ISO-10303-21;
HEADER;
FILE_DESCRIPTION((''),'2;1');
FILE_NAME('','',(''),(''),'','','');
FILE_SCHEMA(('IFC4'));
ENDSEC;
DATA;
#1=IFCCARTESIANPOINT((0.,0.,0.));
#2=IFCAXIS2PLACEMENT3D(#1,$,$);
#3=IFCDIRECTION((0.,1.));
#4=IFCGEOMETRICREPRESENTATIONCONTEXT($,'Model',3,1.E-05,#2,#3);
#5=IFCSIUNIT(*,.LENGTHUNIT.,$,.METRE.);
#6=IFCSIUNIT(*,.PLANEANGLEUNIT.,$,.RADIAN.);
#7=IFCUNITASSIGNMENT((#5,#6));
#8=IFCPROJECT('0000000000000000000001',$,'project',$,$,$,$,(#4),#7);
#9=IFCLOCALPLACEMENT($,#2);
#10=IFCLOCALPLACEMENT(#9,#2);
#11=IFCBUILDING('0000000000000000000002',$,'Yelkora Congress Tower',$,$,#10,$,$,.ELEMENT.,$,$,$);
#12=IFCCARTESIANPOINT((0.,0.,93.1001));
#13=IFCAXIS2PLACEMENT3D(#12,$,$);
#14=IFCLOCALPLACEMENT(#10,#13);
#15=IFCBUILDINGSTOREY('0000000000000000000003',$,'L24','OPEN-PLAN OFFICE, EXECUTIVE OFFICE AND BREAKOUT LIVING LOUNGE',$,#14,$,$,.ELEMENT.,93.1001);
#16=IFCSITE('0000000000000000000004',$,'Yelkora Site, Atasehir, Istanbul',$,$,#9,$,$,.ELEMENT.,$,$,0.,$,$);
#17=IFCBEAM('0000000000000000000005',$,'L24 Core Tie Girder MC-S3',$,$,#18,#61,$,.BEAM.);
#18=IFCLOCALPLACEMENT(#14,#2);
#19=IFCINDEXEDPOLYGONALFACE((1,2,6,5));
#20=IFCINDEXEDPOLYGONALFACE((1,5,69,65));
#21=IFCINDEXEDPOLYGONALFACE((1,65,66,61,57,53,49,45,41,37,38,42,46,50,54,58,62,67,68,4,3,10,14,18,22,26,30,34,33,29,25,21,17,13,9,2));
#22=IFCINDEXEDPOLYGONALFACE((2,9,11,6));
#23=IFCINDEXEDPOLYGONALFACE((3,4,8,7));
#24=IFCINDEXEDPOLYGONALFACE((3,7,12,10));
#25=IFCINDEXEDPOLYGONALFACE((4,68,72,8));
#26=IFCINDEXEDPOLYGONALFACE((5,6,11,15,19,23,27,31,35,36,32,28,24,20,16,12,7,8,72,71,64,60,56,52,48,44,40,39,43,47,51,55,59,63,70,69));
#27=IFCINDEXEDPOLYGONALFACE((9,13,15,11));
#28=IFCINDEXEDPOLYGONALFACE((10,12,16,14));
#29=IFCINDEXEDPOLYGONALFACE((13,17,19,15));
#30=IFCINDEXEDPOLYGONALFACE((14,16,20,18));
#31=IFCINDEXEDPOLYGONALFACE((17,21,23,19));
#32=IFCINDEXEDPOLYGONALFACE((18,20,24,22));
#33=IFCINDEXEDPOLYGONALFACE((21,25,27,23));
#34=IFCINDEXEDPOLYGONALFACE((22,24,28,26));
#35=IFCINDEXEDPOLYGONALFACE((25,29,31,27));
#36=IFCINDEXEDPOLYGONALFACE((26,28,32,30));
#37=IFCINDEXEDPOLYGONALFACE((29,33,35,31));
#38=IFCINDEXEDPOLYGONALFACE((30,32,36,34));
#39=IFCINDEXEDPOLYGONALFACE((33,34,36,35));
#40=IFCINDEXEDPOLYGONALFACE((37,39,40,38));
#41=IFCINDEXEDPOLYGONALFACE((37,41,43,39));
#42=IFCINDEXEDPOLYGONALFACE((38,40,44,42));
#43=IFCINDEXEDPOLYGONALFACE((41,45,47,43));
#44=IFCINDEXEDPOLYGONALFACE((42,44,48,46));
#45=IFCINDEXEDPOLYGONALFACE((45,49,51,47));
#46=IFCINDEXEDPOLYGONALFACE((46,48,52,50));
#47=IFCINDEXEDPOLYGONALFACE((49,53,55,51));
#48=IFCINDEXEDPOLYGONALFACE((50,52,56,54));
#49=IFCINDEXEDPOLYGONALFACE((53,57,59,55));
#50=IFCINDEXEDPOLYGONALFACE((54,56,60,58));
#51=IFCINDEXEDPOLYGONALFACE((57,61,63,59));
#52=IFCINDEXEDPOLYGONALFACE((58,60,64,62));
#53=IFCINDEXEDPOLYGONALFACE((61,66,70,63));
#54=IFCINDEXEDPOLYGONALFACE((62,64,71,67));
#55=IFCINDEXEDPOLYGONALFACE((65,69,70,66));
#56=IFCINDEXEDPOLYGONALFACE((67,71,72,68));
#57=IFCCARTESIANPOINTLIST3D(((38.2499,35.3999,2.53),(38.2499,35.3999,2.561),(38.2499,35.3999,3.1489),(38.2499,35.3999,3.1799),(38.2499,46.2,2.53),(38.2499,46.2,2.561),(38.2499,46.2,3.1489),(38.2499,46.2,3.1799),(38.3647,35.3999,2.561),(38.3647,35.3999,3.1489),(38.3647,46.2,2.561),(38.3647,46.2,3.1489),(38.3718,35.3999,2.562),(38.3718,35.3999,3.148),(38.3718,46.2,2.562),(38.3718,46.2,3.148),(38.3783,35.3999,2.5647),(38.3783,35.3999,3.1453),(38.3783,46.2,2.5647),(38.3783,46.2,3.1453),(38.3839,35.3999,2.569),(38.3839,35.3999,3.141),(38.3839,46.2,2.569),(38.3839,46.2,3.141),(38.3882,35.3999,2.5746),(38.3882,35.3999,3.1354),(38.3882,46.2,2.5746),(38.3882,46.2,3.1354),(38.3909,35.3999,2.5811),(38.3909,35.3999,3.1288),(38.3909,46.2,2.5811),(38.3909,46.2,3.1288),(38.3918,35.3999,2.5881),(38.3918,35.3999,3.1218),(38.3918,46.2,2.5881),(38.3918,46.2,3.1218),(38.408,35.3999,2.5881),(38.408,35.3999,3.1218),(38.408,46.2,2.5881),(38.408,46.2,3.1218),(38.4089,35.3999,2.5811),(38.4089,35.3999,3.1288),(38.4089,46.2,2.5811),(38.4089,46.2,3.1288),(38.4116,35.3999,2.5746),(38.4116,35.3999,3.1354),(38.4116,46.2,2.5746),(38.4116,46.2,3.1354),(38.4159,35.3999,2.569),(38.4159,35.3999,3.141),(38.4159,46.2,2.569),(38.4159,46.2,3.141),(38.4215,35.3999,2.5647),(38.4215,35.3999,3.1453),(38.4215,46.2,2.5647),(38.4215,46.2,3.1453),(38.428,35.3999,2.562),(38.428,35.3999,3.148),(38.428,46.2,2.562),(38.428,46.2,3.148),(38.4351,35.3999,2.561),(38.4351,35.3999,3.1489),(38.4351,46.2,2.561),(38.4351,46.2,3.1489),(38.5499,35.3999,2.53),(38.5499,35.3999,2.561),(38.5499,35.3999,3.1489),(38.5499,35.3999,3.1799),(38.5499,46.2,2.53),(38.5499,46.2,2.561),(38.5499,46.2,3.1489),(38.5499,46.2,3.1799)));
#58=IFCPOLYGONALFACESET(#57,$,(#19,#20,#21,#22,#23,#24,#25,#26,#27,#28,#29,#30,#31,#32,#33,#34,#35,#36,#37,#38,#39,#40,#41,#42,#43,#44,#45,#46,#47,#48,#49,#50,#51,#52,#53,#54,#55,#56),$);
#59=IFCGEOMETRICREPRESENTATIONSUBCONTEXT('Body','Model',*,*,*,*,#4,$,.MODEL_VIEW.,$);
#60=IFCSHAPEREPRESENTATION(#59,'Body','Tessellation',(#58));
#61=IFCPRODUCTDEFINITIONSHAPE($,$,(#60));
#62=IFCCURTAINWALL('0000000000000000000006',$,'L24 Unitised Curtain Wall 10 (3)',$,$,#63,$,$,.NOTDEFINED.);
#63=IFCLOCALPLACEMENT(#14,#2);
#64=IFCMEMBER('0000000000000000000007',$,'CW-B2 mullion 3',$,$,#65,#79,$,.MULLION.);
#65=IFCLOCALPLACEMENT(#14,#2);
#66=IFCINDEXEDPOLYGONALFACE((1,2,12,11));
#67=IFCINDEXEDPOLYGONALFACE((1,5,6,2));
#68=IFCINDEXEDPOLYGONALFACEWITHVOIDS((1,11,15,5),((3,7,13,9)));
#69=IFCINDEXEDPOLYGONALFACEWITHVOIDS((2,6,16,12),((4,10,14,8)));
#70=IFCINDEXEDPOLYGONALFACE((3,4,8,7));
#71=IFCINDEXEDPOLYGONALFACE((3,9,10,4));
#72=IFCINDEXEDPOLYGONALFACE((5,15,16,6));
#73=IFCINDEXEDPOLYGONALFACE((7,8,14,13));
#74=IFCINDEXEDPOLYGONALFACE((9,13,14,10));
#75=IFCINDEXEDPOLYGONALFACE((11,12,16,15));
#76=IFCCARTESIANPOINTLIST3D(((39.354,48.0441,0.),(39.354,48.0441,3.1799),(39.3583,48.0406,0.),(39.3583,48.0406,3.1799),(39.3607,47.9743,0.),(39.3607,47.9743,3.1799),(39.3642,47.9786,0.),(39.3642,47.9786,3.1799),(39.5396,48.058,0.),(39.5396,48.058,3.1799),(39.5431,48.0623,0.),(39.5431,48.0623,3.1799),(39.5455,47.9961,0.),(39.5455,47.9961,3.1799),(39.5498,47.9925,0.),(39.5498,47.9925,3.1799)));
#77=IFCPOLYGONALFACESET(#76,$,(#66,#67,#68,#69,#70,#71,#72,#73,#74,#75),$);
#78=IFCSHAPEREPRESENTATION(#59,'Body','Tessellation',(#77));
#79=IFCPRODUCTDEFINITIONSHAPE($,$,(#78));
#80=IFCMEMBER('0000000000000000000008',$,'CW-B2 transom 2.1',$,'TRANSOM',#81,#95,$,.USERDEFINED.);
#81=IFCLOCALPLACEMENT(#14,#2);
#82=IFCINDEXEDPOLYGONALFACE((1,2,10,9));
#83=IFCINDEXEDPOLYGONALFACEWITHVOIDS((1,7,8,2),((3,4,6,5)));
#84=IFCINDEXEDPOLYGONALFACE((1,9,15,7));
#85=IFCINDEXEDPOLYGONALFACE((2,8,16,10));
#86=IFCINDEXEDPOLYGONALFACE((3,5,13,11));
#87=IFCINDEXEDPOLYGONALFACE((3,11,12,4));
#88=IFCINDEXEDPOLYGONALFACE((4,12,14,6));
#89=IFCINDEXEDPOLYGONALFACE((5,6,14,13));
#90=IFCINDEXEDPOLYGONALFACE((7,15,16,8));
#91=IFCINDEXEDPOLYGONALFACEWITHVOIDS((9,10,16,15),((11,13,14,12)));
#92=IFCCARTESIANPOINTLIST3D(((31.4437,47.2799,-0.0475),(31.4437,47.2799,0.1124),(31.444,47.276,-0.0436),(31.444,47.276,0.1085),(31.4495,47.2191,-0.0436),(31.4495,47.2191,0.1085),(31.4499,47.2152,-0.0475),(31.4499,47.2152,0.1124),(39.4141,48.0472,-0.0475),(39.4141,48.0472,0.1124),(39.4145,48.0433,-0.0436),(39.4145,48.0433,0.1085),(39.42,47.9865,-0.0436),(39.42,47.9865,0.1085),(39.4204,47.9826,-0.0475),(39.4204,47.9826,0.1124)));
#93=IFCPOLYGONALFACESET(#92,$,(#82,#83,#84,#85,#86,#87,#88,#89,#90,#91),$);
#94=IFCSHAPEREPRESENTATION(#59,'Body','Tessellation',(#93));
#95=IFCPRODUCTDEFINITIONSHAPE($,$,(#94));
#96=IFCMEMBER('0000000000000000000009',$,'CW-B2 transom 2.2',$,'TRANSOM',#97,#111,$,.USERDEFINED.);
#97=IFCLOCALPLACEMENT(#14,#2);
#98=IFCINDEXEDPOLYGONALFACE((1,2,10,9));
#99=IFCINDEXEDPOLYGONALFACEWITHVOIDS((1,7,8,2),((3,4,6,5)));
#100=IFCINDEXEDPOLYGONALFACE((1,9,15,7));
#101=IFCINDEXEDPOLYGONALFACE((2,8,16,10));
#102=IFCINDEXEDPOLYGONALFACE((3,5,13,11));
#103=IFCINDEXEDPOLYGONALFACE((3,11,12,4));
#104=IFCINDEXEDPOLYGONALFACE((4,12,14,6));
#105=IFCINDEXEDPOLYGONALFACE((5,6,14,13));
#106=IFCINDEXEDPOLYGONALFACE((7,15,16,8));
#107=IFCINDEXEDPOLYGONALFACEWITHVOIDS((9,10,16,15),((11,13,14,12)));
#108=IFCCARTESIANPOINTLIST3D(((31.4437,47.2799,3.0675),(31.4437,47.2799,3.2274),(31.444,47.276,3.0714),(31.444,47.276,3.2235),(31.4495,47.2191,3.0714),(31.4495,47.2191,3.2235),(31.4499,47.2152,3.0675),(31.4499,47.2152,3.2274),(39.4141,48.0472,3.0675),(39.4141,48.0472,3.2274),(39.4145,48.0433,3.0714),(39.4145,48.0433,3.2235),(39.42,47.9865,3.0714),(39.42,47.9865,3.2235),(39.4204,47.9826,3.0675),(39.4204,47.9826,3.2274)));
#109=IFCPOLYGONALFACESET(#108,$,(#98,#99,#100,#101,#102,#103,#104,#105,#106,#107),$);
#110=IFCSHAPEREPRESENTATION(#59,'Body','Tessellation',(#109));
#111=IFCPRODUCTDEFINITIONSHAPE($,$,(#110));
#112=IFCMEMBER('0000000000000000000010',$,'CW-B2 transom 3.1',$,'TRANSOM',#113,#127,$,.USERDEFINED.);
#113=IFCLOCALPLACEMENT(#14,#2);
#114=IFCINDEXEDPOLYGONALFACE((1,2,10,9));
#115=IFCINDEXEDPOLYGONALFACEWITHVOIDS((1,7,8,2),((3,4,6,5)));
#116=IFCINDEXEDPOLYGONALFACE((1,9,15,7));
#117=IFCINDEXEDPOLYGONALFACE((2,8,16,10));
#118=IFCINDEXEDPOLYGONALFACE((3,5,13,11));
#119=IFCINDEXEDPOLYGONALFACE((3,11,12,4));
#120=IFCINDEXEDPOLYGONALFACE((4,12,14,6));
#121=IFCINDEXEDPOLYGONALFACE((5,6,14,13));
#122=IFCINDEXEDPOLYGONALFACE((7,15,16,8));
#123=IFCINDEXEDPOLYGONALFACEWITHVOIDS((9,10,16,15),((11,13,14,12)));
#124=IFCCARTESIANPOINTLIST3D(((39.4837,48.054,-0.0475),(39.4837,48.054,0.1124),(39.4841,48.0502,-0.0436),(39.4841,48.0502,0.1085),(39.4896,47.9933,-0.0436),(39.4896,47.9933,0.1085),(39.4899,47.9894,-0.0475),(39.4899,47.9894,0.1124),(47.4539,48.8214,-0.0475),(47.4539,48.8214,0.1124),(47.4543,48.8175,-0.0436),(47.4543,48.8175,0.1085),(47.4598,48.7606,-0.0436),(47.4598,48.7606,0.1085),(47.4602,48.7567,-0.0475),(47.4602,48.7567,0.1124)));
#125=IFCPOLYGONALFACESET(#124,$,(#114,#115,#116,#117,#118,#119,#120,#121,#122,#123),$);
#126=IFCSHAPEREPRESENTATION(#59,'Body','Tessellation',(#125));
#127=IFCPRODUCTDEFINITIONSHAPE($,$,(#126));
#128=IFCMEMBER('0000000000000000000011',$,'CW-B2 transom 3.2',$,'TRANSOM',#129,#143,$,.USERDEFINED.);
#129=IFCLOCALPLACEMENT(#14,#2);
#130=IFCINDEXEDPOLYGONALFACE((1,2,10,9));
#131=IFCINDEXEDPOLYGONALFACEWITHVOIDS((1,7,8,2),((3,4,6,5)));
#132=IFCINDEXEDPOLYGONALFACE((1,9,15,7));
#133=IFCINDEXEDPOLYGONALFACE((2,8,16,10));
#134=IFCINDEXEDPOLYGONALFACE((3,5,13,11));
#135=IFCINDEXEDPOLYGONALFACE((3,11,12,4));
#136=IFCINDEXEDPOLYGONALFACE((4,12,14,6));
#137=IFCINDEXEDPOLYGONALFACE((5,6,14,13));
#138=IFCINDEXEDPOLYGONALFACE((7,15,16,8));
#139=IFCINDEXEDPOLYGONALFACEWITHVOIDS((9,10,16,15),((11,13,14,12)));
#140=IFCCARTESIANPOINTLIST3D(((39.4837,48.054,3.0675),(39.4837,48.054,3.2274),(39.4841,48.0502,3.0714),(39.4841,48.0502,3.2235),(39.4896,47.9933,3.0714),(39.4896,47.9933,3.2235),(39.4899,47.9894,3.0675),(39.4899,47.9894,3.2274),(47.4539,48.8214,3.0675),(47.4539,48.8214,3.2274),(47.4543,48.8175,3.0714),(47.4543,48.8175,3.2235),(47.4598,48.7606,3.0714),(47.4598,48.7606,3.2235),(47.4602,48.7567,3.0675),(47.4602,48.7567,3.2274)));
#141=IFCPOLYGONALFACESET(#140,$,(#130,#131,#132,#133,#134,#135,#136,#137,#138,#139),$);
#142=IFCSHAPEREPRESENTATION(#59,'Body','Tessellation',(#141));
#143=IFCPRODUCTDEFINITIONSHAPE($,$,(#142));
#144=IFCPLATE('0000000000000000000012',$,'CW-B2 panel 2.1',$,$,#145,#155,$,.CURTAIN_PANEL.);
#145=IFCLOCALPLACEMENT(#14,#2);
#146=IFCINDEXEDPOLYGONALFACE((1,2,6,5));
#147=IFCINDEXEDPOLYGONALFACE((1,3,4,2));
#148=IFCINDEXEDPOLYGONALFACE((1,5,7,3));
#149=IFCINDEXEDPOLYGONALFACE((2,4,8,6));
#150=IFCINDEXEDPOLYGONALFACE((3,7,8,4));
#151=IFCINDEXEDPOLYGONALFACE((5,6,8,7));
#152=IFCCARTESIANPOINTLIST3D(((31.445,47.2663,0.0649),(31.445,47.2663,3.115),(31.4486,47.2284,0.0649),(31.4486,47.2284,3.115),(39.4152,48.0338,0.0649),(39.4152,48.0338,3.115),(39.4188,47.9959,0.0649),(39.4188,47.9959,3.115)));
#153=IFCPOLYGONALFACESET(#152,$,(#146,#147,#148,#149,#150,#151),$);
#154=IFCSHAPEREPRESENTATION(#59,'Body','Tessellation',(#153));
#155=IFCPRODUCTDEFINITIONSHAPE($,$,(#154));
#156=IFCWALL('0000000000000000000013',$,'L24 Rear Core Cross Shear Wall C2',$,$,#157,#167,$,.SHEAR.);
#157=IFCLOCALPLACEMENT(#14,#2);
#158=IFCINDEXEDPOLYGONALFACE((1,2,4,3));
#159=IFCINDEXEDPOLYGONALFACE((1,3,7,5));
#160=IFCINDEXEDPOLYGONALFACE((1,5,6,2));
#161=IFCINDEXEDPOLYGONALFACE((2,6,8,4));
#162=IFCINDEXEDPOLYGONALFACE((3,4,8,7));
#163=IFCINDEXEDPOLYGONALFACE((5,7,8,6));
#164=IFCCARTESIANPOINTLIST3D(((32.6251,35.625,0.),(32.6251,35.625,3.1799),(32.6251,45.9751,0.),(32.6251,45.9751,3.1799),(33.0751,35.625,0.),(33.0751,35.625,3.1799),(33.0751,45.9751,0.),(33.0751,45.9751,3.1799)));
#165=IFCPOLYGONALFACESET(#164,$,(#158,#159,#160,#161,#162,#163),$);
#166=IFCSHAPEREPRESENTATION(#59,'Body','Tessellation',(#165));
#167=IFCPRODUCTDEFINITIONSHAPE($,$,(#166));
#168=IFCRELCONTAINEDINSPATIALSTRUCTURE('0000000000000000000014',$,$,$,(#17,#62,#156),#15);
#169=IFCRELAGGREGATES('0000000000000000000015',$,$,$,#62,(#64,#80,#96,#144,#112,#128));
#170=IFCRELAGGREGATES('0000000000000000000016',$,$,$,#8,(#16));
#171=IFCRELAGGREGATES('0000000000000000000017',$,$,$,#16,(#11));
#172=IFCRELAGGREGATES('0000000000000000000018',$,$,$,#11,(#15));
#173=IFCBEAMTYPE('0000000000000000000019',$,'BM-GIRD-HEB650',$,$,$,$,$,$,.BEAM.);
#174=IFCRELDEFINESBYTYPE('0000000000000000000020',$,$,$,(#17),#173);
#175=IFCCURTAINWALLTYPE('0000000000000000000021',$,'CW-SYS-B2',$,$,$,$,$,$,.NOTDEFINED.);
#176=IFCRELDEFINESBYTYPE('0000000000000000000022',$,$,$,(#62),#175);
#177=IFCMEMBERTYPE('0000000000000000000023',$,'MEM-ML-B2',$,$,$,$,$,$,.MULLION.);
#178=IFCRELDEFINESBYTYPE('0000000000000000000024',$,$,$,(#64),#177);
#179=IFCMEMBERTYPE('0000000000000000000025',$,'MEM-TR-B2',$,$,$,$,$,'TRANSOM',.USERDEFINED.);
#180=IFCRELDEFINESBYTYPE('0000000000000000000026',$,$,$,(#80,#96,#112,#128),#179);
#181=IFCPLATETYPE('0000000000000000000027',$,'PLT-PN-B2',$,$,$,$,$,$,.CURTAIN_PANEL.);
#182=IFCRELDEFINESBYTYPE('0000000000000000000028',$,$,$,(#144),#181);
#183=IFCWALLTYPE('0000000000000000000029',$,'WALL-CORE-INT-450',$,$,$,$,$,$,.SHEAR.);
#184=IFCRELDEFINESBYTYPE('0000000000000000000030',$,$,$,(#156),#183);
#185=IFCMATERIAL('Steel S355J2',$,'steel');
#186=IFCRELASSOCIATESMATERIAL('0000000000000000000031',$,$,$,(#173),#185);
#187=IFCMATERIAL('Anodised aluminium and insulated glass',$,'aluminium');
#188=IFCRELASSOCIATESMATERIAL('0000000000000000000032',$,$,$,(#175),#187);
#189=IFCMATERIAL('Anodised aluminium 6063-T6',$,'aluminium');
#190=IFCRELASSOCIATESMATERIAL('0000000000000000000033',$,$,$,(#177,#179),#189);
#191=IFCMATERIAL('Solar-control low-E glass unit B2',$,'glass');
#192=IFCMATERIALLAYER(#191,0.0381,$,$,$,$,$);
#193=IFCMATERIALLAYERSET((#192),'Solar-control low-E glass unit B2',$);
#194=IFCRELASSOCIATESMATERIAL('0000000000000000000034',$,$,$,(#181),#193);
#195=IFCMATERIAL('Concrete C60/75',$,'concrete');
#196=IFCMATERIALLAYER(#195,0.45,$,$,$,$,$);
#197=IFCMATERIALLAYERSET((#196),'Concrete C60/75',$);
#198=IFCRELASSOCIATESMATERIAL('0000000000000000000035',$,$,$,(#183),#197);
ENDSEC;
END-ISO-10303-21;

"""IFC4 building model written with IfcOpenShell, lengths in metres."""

from ifc_helpers import new_model, si_unit, direction, frame, frame_2d, origin, origin_2d, place, context, subcontext, project, spatial, rectangle, hollow_rectangle, i_section, extrude, material, layer, layer_set, material_profile, profile_set, type_object, element, aggregate, save


model = new_model("IFC4")

# Units and contexts
model_context = context("Model", 3, precision=1e-05, world=origin(), true_north=direction((0.0, 1.0)))
body_context = subcontext(model_context, "Body", "Model", "MODEL_VIEW")
ifc_project = project(units=[si_unit("LENGTHUNIT", "METRE"), si_unit("PLANEANGLEUNIT", "RADIAN")], contexts=[model_context])

# Site, building, storey
site_placement = place(None, origin())
site = spatial("IfcSite", under=ifc_project, at=site_placement, Name="Yelkora Site, Atasehir, Istanbul", CompositionType="ELEMENT", RefElevation=0.0)
building_placement = place(site_placement, origin())
building = spatial("IfcBuilding", under=site, at=building_placement, Name="Yelkora Congress Tower", CompositionType="ELEMENT")
storey_placement = place(building_placement, frame((0.0, 0.0, 93.1001)))
storey = spatial("IfcBuildingStorey", under=building, at=storey_placement, Name="L24", Description="OPEN-PLAN OFFICE, EXECUTIVE OFFICE AND BREAKOUT LIVING LOUNGE", CompositionType="ELEMENT", Elevation=93.1001)

# Beam
ifc_material_1 = material(Name="Steel S355J2", Category="steel")
ifc_material_profile_1 = material_profile(ifc_material_1, i_section(OverallWidth=0.3, OverallDepth=0.6499, WebThickness=0.0161, FlangeThickness=0.031, FilletRadius=0.0271, at=origin_2d()), Name="HEB 650")
ifc_profile_set_1 = profile_set([ifc_material_profile_1], Name="Steel S355J2")
beam_type = type_object("IfcBeamType", Name="BM-GIRD-HEB650", PredefinedType="BEAM", material=ifc_profile_set_1)
beam_placement = place(storey_placement, frame((38.3999, 35.3999, 2.855), z_axis=(0.0, 1.0, 0.0), x_axis=(-1.0, 0.0, 0.0)))
element("IfcBeam", 1, at=beam_placement, inside=storey, type_object=beam_type, Name="L24 Core Tie Girder MC-S3", PredefinedType="BEAM", context=body_context, shape_type="SweptSolid", body=[
    extrude(i_section(OverallWidth=0.3, OverallDepth=0.6499, WebThickness=0.0161, FlangeThickness=0.031, FilletRadius=0.0271, at=origin_2d()), origin(), (0.0, 0.0, 1.0), 10.8),
])

# Curtain wall, members, plate
ifc_material_2 = material(Name="Anodised aluminium and insulated glass", Category="aluminium")
curtain_wall_type = type_object("IfcCurtainWallType", Name="CW-SYS-B2", PredefinedType="NOTDEFINED", material=ifc_material_2)
curtain_wall_placement = place(storey_placement, origin())
curtain_wall = element("IfcCurtainWall", 2, at=curtain_wall_placement, inside=storey, type_object=curtain_wall_type, Name="L24 Unitised Curtain Wall 10 (3)", PredefinedType="NOTDEFINED")
ifc_material_3 = material(Name="Anodised aluminium 6063-T6", Category="aluminium")
ifc_material_profile_2 = material_profile(ifc_material_3, hollow_rectangle(XDim=0.0701, YDim=0.1899, WallThickness=0.0039, at=origin_2d()), Name="ALU 70x190x4")
ifc_profile_set_2 = profile_set([ifc_material_profile_2], Name="Anodised aluminium 6063-T6")
member_type_1 = type_object("IfcMemberType", Name="MEM-ML-B2", PredefinedType="MULLION", material=ifc_profile_set_2)
member_1_placement = place(storey_placement, frame((39.4519, 48.0183, 0.0), z_axis=(0.0, 0.0, 1.0), x_axis=(-0.095844, 0.995396, 0.0)))
member_1 = element("IfcMember", 3, at=member_1_placement, type_object=member_type_1, Name="CW-B2 mullion 3", PredefinedType="MULLION", context=body_context, shape_type="SweptSolid", body=[
    extrude(hollow_rectangle(XDim=0.0701, YDim=0.1899, WallThickness=0.0039, at=origin_2d()), origin(), (0.0, 0.0, 1.0), 3.1799),
])
ifc_material_profile_3 = material_profile(ifc_material_3, hollow_rectangle(XDim=0.0649, YDim=0.1599, WallThickness=0.0039, at=origin_2d()), Name="ALU 65x160x4")
ifc_profile_set_3 = profile_set([ifc_material_profile_3], Name="Anodised aluminium 6063-T6")
member_type_2 = type_object("IfcMemberType", Name="MEM-TR-B2", ElementType="TRANSOM", PredefinedType="USERDEFINED", material=ifc_profile_set_3)
member_2_placement = place(storey_placement, frame((31.4468, 47.2476, 0.0325), z_axis=(0.995398, 0.095829, 0.0), x_axis=(-0.095829, 0.995398, 0.0)))
member_2 = element("IfcMember", 4, at=member_2_placement, type_object=member_type_2, Name="CW-B2 transom 2.1", ObjectType="TRANSOM", PredefinedType="USERDEFINED", context=body_context, shape_type="SweptSolid", body=[
    extrude(hollow_rectangle(XDim=0.0649, YDim=0.1599, WallThickness=0.0039, at=origin_2d()), origin(), (0.0, 0.0, 1.0), 8.0073),
])
member_3_placement = place(storey_placement, frame((31.4468, 47.2476, 3.1475), z_axis=(0.995398, 0.095829, 0.0), x_axis=(-0.095829, 0.995398, 0.0)))
member_3 = element("IfcMember", 5, at=member_3_placement, type_object=member_type_2, Name="CW-B2 transom 2.2", ObjectType="TRANSOM", PredefinedType="USERDEFINED", context=body_context, shape_type="SweptSolid", body=[
    extrude(hollow_rectangle(XDim=0.0649, YDim=0.1599, WallThickness=0.0039, at=origin_2d()), origin(), (0.0, 0.0, 1.0), 8.0073),
])
member_4_placement = place(storey_placement, frame((39.4868, 48.0217, 0.0325), z_axis=(0.995398, 0.095832, 0.0), x_axis=(-0.095832, 0.995398, 0.0)))
member_4 = element("IfcMember", 6, at=member_4_placement, type_object=member_type_2, Name="CW-B2 transom 3.1", ObjectType="TRANSOM", PredefinedType="USERDEFINED", context=body_context, shape_type="SweptSolid", body=[
    extrude(hollow_rectangle(XDim=0.0649, YDim=0.1599, WallThickness=0.0039, at=origin_2d()), origin(), (0.0, 0.0, 1.0), 8.0071),
])
member_5_placement = place(storey_placement, frame((39.4868, 48.0217, 3.1475), z_axis=(0.995398, 0.095832, 0.0), x_axis=(-0.095832, 0.995398, 0.0)))
member_5 = element("IfcMember", 7, at=member_5_placement, type_object=member_type_2, Name="CW-B2 transom 3.2", ObjectType="TRANSOM", PredefinedType="USERDEFINED", context=body_context, shape_type="SweptSolid", body=[
    extrude(hollow_rectangle(XDim=0.0649, YDim=0.1599, WallThickness=0.0039, at=origin_2d()), origin(), (0.0, 0.0, 1.0), 8.0071),
])
ifc_material_4 = material(Name="Solar-control low-E glass unit B2", Category="glass")
ifc_layer_1 = layer(ifc_material_4, 0.0381)
ifc_layer_set_1 = layer_set([ifc_layer_1], Name="Solar-control low-E glass unit B2")
plate_type = type_object("IfcPlateType", Name="PLT-PN-B2", PredefinedType="CURTAIN_PANEL", material=ifc_layer_set_1)
plate_placement = place(storey_placement, frame((35.4319, 47.6311, 0.0649), z_axis=(0.0, 0.0, 1.0), x_axis=(0.995396, 0.095844, 0.0)))
plate = element("IfcPlate", 8, at=plate_placement, type_object=plate_type, Name="CW-B2 panel 2.1", PredefinedType="CURTAIN_PANEL", context=body_context, shape_type="SweptSolid", body=[
    extrude(rectangle(XDim=8.0071, YDim=0.0381, at=origin_2d()), origin(), (0.0, 0.0, 1.0), 3.05),
])
aggregate(curtain_wall, [member_1, member_2, member_3, plate, member_4, member_5])

# Wall
ifc_material_5 = material(Name="Concrete C60/75", Category="concrete")
ifc_layer_2 = layer(ifc_material_5, 0.45)
ifc_layer_set_2 = layer_set([ifc_layer_2], Name="Concrete C60/75")
wall_type_1 = type_object("IfcWallType", Name="WALL-CORE-INT-450", PredefinedType="SHEAR", material=ifc_layer_set_2)
wall_1_placement = place(storey_placement, frame((32.8501, 35.625, 0.0), z_axis=(0.0, 0.0, 1.0), x_axis=(0.0, 1.0, 0.0)))
element("IfcWall", 9, at=wall_1_placement, inside=storey, type_object=wall_type_1, Name="L24 Rear Core Cross Shear Wall C2", PredefinedType="SHEAR", context=body_context, shape_type="SweptSolid", body=[
    extrude(rectangle(XDim=10.3501, YDim=0.45, at=frame_2d((5.175, 0.0))), origin(), (0.0, 0.0, 1.0), 3.1799),
])

save(model, "model.ifc")
